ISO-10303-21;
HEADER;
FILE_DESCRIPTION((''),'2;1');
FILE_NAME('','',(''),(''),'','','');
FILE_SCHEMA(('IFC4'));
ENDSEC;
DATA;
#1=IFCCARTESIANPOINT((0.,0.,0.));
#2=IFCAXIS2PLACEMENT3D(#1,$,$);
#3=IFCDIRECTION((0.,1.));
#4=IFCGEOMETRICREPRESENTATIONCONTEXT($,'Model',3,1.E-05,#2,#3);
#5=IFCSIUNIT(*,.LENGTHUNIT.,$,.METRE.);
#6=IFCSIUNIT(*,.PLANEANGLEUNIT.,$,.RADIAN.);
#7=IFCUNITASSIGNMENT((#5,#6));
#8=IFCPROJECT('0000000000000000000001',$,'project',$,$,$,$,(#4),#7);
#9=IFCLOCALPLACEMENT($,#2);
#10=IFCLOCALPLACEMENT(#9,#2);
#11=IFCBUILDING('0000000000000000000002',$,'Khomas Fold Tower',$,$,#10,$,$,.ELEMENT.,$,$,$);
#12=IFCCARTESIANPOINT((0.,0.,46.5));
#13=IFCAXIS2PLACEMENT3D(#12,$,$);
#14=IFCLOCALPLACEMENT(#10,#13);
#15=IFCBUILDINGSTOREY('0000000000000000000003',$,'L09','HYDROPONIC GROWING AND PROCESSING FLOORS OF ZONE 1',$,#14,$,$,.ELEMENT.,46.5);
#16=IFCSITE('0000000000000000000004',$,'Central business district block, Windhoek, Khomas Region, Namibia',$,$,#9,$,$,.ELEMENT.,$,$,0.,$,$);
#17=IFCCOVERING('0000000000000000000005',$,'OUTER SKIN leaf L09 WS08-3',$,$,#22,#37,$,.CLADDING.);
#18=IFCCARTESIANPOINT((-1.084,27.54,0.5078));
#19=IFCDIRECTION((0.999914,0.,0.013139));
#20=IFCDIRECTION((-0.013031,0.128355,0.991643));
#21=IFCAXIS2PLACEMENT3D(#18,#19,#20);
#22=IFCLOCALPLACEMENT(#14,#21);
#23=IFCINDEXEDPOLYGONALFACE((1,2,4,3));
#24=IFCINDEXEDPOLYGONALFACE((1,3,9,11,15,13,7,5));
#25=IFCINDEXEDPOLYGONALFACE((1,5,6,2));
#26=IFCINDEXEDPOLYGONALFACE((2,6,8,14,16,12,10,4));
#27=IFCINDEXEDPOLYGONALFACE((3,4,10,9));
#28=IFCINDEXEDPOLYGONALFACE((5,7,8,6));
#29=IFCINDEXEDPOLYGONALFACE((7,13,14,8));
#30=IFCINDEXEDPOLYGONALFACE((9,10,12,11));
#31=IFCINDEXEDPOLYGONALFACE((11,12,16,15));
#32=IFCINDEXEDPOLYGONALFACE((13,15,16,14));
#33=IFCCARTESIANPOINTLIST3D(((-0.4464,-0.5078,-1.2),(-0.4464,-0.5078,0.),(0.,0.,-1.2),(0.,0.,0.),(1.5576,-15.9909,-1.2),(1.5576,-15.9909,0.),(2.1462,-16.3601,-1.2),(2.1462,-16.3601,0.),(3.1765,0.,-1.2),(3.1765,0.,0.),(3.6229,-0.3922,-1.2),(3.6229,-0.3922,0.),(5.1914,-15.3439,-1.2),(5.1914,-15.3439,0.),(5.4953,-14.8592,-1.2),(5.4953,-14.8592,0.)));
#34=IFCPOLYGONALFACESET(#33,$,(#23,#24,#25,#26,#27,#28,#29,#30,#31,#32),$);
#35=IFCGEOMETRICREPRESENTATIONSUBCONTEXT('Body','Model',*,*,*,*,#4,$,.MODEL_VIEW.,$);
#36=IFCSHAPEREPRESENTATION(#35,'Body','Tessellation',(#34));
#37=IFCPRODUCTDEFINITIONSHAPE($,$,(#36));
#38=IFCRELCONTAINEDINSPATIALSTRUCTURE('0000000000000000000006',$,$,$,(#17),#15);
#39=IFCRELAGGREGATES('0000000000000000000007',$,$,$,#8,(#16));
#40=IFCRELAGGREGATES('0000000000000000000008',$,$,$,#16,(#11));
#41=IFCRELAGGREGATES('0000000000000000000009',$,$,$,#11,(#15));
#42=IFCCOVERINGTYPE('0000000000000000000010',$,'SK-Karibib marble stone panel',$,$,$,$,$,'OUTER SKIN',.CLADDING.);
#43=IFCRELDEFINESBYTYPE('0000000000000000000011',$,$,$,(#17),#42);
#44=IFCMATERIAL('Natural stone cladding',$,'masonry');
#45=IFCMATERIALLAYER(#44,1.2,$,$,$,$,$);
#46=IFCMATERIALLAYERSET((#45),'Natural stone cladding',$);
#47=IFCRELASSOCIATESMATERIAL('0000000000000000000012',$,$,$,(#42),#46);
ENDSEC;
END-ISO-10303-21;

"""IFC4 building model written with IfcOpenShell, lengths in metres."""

from ifc_helpers import new_model, si_unit, direction, frame, origin, place, context, subcontext, project, spatial, polyline, outline, extrude, material, layer, layer_set, type_object, element, save


model = new_model("IFC4")

# Units and contexts
model_context = context("Model", 3, precision=1e-05, world=origin(), true_north=direction((0.0, 1.0)))
body_context = subcontext(model_context, "Body", "Model", "MODEL_VIEW")
ifc_project = project(units=[si_unit("LENGTHUNIT", "METRE"), si_unit("PLANEANGLEUNIT", "RADIAN")], contexts=[model_context])

# Site, building, storey
site_placement = place(None, origin())
site = spatial("IfcSite", under=ifc_project, at=site_placement, Name="Central business district block, Windhoek, Khomas Region, Namibia", CompositionType="ELEMENT", RefElevation=0.0)
building_placement = place(site_placement, origin())
building = spatial("IfcBuilding", under=site, at=building_placement, Name="Khomas Fold Tower", CompositionType="ELEMENT")
storey_placement = place(building_placement, frame((0.0, 0.0, 46.5)))
storey = spatial("IfcBuildingStorey", under=building, at=storey_placement, Name="L09", Description="HYDROPONIC GROWING AND PROCESSING FLOORS OF ZONE 1", CompositionType="ELEMENT", Elevation=46.5)

# Covering
ifc_material_1 = material(Name="Natural stone cladding", Category="masonry")
ifc_layer_1 = layer(ifc_material_1, 1.2)
ifc_layer_set_1 = layer_set([ifc_layer_1], Name="Natural stone cladding")
covering_type = type_object("IfcCoveringType", Name="SK-Karibib marble stone panel", ElementType="OUTER SKIN", PredefinedType="CLADDING", material=ifc_layer_set_1)
covering_placement = place(storey_placement, frame((-1.084, 27.54, 0.5078), z_axis=(0.999914, 0.0, 0.013139), x_axis=(-0.013031, 0.128355, 0.991643)))
element("IfcCovering", 1, at=covering_placement, inside=storey, type_object=covering_type, Name="OUTER SKIN leaf L09 WS08-3", PredefinedType="CLADDING", context=body_context, shape_type="SweptSolid", body=[
    extrude(outline(polyline([(0.0, 0.0), (3.1765, 0.0), (3.6229, -0.3922), (5.4953, -14.8592), (5.1914, -15.3439), (2.1462, -16.3601), (1.5576, -15.9909), (-0.4464, -0.5078), (0.0, 0.0)])), origin(), (0.0, 0.0, -1.0), 1.2),
])

save(model, "model.ifc")
